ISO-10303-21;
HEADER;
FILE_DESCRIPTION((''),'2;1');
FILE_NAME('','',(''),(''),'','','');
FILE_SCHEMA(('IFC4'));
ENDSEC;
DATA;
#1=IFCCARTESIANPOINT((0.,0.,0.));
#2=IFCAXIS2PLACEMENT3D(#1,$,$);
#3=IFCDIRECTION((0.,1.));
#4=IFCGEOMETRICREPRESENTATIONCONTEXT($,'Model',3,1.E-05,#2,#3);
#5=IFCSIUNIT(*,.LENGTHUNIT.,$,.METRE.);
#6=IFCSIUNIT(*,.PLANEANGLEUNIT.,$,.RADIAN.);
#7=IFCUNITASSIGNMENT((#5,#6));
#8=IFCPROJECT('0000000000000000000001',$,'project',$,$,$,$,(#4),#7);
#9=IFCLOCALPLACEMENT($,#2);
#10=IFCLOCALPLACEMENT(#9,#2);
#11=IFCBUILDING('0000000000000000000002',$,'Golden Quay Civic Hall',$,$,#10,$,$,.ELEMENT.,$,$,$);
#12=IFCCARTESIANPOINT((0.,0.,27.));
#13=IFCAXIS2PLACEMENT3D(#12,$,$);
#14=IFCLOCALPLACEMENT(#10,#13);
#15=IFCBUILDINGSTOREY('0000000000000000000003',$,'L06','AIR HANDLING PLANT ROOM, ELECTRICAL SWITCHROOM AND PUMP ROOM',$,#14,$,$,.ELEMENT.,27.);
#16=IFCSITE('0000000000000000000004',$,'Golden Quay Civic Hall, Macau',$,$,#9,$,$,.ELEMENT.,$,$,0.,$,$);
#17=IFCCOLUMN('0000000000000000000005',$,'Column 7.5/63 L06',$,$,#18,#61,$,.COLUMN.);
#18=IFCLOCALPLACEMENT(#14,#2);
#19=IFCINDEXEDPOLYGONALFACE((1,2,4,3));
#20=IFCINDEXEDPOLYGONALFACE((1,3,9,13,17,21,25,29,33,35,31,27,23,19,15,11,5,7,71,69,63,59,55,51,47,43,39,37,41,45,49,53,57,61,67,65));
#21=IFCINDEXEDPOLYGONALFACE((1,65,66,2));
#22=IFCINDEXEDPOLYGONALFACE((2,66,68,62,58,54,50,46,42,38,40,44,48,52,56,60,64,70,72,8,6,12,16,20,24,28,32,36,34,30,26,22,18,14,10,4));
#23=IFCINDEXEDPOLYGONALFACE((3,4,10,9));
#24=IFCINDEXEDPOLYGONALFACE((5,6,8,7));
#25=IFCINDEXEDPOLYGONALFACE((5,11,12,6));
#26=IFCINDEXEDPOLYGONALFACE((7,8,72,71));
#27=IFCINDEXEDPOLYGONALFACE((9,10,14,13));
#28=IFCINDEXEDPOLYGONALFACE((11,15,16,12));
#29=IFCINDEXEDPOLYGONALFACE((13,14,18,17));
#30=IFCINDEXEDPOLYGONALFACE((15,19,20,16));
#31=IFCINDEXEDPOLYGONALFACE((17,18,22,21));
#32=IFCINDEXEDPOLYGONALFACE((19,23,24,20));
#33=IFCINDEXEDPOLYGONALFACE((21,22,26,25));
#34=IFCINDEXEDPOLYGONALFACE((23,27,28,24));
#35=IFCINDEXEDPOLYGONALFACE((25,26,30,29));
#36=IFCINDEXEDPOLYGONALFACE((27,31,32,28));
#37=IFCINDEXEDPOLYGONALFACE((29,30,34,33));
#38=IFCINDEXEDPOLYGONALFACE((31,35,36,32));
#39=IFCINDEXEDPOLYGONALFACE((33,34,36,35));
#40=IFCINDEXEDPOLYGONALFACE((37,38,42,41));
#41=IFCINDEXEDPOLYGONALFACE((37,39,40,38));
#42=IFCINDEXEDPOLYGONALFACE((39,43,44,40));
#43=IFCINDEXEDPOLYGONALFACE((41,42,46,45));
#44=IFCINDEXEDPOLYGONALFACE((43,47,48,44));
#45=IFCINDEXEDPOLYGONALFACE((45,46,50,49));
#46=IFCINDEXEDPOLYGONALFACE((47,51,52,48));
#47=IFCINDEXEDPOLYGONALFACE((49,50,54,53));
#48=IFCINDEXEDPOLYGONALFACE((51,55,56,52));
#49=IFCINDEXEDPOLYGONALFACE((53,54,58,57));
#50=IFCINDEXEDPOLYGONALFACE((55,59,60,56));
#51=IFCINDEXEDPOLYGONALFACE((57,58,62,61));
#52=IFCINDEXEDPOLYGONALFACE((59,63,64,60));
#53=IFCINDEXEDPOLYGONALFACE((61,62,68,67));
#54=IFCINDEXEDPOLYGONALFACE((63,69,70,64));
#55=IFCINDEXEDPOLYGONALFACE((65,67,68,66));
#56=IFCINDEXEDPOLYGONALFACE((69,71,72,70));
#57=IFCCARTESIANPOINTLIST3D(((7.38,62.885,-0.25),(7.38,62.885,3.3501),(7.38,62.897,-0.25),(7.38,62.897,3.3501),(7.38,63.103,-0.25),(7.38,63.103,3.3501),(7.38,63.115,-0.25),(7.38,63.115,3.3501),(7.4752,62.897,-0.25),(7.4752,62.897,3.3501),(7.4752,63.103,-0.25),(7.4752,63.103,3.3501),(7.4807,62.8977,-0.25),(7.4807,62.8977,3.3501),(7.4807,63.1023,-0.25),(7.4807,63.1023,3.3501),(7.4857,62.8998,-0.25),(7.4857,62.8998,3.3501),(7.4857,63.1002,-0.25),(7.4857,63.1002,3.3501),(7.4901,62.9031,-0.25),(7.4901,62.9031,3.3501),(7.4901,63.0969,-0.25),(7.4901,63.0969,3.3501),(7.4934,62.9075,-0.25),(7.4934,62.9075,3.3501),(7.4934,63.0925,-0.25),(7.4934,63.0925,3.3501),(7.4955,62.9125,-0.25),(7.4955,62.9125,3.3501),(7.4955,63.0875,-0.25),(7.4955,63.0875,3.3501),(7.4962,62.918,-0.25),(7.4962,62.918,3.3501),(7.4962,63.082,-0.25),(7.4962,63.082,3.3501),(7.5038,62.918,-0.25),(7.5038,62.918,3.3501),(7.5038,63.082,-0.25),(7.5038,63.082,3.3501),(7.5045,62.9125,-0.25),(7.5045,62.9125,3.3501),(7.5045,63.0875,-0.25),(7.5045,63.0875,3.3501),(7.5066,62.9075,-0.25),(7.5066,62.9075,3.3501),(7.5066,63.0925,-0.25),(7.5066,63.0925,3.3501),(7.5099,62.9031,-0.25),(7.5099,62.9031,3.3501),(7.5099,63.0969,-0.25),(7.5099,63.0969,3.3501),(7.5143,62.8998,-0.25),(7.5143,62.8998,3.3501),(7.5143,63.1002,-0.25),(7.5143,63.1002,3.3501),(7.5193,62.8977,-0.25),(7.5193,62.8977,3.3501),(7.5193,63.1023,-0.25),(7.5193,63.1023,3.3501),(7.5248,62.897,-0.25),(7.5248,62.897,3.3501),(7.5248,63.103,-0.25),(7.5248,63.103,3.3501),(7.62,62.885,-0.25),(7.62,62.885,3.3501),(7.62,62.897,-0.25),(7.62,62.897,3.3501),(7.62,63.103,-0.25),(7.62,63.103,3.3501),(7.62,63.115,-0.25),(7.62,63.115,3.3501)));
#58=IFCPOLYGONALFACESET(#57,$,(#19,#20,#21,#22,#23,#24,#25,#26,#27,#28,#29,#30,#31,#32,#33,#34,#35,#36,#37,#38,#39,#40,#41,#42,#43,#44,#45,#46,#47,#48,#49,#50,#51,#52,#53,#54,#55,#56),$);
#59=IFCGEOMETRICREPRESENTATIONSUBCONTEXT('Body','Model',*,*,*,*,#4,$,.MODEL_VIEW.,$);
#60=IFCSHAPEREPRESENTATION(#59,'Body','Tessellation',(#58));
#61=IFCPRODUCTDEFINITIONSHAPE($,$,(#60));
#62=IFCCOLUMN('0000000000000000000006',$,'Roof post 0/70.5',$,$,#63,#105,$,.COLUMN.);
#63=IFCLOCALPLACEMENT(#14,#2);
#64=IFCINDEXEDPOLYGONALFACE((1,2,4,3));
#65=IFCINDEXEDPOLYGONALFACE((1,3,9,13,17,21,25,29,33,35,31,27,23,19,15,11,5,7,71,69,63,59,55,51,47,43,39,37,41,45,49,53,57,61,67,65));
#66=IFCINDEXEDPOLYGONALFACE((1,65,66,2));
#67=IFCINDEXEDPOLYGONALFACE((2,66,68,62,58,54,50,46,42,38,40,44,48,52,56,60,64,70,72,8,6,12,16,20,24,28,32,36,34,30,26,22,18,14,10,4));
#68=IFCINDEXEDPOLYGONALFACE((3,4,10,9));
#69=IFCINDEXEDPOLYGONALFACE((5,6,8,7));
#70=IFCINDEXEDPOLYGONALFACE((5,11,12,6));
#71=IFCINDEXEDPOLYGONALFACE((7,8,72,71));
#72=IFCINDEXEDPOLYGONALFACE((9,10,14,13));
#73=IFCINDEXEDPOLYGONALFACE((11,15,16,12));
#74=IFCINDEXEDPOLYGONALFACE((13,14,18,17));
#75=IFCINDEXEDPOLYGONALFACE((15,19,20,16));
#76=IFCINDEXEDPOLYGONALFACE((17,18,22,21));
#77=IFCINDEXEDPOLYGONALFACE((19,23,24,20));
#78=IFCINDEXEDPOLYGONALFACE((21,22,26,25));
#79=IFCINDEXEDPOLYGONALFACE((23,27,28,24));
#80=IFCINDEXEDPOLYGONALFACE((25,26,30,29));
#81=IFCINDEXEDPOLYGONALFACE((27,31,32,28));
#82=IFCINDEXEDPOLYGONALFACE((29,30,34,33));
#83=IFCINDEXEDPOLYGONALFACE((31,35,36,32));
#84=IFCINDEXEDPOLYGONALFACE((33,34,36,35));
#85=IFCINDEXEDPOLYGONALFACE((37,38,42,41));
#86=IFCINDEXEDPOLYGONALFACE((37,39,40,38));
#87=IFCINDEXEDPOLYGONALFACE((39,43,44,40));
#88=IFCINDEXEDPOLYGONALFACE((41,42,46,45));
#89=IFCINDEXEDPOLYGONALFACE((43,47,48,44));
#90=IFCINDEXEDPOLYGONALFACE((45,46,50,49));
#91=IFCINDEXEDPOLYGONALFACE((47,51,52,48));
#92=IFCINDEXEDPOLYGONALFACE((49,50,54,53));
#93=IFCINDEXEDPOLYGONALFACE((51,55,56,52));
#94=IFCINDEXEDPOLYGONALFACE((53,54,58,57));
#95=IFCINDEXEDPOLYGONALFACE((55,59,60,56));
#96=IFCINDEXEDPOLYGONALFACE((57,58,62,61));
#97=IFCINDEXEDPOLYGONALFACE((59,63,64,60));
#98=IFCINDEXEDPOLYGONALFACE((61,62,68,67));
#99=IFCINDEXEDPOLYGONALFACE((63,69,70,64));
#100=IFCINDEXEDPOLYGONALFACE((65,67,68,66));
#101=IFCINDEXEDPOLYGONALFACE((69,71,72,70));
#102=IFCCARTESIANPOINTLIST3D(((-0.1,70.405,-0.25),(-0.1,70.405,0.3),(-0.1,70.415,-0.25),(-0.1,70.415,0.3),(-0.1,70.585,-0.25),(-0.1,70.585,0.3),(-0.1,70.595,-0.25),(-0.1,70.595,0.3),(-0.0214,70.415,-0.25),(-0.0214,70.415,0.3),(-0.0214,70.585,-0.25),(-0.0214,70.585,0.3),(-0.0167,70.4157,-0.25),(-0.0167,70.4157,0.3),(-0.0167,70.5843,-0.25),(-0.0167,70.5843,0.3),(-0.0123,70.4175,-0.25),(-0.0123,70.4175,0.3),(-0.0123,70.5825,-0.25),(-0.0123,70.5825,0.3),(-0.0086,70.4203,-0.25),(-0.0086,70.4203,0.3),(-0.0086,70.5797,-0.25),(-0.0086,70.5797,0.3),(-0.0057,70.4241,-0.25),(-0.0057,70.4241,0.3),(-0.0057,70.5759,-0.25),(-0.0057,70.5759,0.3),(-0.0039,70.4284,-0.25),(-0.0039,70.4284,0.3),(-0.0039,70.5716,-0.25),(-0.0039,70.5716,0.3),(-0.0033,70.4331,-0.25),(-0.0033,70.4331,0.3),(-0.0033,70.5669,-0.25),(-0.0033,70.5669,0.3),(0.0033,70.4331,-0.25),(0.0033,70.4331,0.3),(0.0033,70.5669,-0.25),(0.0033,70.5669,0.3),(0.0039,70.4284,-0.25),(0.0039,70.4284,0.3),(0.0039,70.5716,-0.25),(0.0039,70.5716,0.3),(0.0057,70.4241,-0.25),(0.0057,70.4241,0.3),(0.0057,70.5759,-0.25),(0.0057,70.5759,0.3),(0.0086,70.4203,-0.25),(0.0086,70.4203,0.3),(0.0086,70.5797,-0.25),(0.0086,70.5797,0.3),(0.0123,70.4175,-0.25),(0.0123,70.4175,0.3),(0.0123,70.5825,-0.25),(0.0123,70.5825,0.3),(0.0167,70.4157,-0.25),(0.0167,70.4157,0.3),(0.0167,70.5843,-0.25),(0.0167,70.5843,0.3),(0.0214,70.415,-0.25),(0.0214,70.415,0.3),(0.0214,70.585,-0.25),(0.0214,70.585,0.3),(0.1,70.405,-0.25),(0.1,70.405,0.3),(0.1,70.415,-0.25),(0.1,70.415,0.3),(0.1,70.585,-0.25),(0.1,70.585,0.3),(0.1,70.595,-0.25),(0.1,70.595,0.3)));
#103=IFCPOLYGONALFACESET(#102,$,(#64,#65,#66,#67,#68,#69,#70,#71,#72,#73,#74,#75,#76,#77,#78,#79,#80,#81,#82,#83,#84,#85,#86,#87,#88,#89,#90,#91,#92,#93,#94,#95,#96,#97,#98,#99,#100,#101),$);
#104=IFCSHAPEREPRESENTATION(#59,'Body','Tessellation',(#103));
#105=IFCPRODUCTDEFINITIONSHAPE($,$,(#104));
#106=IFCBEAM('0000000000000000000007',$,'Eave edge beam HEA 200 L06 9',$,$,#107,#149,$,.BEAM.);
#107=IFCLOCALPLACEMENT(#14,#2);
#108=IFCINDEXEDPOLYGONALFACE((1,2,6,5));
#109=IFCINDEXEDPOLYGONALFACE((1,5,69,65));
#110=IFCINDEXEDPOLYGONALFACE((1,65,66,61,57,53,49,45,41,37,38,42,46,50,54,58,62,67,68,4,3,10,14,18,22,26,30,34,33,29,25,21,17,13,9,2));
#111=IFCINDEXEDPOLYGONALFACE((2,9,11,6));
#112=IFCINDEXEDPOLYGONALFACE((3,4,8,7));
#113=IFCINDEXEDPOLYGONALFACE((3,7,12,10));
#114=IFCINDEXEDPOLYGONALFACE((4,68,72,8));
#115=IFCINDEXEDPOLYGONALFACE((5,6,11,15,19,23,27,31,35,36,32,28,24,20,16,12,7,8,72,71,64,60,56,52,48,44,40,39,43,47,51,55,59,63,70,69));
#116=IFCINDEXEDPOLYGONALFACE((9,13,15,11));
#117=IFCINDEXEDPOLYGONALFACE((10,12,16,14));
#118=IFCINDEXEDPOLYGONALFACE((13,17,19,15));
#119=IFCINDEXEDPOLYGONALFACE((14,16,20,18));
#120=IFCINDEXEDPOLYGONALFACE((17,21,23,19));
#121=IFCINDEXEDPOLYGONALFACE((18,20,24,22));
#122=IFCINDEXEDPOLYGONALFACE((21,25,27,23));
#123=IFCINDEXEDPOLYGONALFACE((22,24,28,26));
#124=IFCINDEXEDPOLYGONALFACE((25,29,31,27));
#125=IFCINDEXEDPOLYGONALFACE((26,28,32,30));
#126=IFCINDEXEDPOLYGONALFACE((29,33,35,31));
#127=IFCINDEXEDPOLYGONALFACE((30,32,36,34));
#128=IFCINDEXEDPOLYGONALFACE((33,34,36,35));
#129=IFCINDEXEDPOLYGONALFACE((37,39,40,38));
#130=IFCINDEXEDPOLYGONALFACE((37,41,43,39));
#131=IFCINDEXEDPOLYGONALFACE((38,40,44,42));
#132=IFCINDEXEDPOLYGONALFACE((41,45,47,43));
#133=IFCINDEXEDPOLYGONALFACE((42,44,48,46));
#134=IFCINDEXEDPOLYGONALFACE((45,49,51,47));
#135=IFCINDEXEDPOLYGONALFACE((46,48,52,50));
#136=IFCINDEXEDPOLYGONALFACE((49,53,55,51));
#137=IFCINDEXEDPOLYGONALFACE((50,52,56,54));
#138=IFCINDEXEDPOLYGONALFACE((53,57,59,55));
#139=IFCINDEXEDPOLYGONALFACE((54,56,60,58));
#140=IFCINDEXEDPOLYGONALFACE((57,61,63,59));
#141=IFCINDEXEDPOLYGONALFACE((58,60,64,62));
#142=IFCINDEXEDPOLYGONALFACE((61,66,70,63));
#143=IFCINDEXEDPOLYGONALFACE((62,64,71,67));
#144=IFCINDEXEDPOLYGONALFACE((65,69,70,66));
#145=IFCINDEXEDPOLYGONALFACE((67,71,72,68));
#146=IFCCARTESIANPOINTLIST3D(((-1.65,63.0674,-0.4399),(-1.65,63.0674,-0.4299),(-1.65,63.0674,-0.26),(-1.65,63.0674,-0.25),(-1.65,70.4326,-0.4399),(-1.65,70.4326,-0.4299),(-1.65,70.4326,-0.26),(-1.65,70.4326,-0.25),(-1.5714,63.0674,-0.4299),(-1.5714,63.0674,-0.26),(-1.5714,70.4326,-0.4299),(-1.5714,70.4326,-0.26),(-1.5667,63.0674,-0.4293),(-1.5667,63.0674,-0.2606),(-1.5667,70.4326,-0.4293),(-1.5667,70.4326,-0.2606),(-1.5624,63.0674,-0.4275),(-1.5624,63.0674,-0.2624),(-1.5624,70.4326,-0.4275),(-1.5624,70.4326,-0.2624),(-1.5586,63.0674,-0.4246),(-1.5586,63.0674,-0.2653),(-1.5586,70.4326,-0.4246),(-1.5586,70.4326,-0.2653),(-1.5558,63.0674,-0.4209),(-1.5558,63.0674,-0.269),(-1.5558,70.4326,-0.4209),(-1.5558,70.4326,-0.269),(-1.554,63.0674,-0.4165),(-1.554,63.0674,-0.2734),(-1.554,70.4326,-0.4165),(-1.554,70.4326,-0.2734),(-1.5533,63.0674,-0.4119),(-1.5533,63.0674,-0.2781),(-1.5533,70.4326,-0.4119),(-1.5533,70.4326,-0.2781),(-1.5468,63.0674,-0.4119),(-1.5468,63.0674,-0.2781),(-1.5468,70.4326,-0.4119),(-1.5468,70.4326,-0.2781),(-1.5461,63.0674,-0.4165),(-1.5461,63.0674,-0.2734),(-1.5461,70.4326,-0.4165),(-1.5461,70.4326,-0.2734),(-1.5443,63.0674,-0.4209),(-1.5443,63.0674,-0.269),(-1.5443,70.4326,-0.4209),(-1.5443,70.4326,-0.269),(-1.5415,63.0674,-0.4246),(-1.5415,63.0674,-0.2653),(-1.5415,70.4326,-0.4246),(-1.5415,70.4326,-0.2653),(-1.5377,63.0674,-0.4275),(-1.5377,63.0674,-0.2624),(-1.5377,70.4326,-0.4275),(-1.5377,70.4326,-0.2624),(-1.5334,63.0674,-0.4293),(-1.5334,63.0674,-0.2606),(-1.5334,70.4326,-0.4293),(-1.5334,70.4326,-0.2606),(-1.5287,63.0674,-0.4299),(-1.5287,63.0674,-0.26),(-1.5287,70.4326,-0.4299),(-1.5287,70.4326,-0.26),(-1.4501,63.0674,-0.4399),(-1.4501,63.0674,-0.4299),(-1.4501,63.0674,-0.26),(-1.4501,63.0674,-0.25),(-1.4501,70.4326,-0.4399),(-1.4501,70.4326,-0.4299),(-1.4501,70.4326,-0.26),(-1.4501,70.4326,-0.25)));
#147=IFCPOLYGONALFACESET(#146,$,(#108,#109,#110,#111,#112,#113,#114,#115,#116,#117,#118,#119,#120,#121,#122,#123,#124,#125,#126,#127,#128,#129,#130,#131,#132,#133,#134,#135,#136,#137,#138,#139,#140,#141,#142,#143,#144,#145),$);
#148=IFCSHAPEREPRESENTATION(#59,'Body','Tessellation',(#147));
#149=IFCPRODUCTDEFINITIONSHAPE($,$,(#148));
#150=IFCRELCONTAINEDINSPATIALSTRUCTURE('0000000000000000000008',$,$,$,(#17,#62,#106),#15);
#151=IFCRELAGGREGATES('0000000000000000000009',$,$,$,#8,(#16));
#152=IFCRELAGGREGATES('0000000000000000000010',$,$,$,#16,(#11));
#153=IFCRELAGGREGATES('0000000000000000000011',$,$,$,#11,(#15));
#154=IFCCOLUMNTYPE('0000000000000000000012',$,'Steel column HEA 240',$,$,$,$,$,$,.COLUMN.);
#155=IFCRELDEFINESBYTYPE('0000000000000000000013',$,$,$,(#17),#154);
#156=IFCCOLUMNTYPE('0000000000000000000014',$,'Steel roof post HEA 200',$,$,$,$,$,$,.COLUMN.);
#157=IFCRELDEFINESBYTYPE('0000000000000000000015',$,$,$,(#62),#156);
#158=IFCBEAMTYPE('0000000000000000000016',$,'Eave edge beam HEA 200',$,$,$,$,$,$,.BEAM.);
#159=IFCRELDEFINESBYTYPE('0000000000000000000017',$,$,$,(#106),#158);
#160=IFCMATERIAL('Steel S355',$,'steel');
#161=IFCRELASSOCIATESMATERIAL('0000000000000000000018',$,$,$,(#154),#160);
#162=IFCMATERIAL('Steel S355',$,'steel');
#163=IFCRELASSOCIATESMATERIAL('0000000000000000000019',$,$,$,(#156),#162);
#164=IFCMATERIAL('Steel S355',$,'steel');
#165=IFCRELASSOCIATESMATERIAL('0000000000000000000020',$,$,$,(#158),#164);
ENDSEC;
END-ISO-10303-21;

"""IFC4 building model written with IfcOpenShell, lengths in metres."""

from ifc_helpers import new_model, si_unit, direction, frame, origin, origin_2d, place, context, subcontext, project, spatial, i_section, extrude, material, material_profile, profile_set, type_object, element, save


model = new_model("IFC4")

# Units and contexts
model_context = context("Model", 3, precision=1e-05, world=origin(), true_north=direction((0.0, 1.0)))
body_context = subcontext(model_context, "Body", "Model", "MODEL_VIEW")
ifc_project = project(units=[si_unit("LENGTHUNIT", "METRE"), si_unit("PLANEANGLEUNIT", "RADIAN")], contexts=[model_context])

# Site, building, storey
site_placement = place(None, origin())
site = spatial("IfcSite", under=ifc_project, at=site_placement, Name="Golden Quay Civic Hall, Macau", CompositionType="ELEMENT", RefElevation=0.0)
building_placement = place(site_placement, origin())
building = spatial("IfcBuilding", under=site, at=building_placement, Name="Golden Quay Civic Hall", CompositionType="ELEMENT")
storey_placement = place(building_placement, frame((0.0, 0.0, 27.0)))
storey = spatial("IfcBuildingStorey", under=building, at=storey_placement, Name="L06", Description="AIR HANDLING PLANT ROOM, ELECTRICAL SWITCHROOM AND PUMP ROOM", CompositionType="ELEMENT", Elevation=27.0)

# Columns
ifc_material_1 = material(Name="Steel S355", Category="steel")
ifc_material_profile_1 = material_profile(ifc_material_1, i_section(OverallWidth=0.24, OverallDepth=0.23, WebThickness=0.0076, FlangeThickness=0.012, FilletRadius=0.021, at=origin_2d()), Name="HEA 240")
ifc_profile_set_1 = profile_set([ifc_material_profile_1], Name="Steel S355")
column_type_1 = type_object("IfcColumnType", Name="Steel column HEA 240", PredefinedType="COLUMN", material=ifc_profile_set_1)
column_1_placement = place(storey_placement, frame((7.5, 63.0, -0.25), z_axis=(0.0, 0.0, 1.0), x_axis=(1.0, 0.0, 0.0)))
element("IfcColumn", 1, at=column_1_placement, inside=storey, type_object=column_type_1, Name="Column 7.5/63 L06", PredefinedType="COLUMN", context=body_context, shape_type="SweptSolid", body=[
    extrude(i_section(OverallWidth=0.24, OverallDepth=0.23, WebThickness=0.0076, FlangeThickness=0.012, FilletRadius=0.021, at=origin_2d()), origin(), (0.0, 0.0, 1.0), 3.6001),
])
ifc_material_2 = material(Name="Steel S355", Category="steel")
ifc_material_profile_2 = material_profile(ifc_material_2, i_section(OverallWidth=0.2, OverallDepth=0.1899, WebThickness=0.0066, FlangeThickness=0.01, FilletRadius=0.0181, at=origin_2d()), Name="HEA 200")
ifc_profile_set_2 = profile_set([ifc_material_profile_2], Name="Steel S355")
column_type_2 = type_object("IfcColumnType", Name="Steel roof post HEA 200", PredefinedType="COLUMN", material=ifc_profile_set_2)
column_2_placement = place(storey_placement, frame((0.0, 70.5, -0.25), z_axis=(0.0, 0.0, 1.0), x_axis=(1.0, 0.0, 0.0)))
element("IfcColumn", 2, at=column_2_placement, inside=storey, type_object=column_type_2, Name="Roof post 0/70.5", PredefinedType="COLUMN", context=body_context, shape_type="SweptSolid", body=[
    extrude(i_section(OverallWidth=0.2, OverallDepth=0.1899, WebThickness=0.0066, FlangeThickness=0.01, FilletRadius=0.0181, at=origin_2d()), origin(), (0.0, 0.0, 1.0), 0.55),
])

# Beam
ifc_material_3 = material(Name="Steel S355", Category="steel")
ifc_material_profile_3 = material_profile(ifc_material_3, i_section(OverallWidth=0.2, OverallDepth=0.1899, WebThickness=0.0066, FlangeThickness=0.01, FilletRadius=0.0181, at=origin_2d()), Name="HEA 200")
ifc_profile_set_3 = profile_set([ifc_material_profile_3], Name="Steel S355")
beam_type_1 = type_object("IfcBeamType", Name="Eave edge beam HEA 200", PredefinedType="BEAM", material=ifc_profile_set_3)
beam_1_placement = place(storey_placement, frame((-1.55, 63.0674, -0.345), z_axis=(0.0, 1.0, 0.0), x_axis=(-1.0, 0.0, 0.0)))
element("IfcBeam", 3, at=beam_1_placement, inside=storey, type_object=beam_type_1, Name="Eave edge beam HEA 200 L06 9", PredefinedType="BEAM", context=body_context, shape_type="SweptSolid", body=[
    extrude(i_section(OverallWidth=0.2, OverallDepth=0.1899, WebThickness=0.0066, FlangeThickness=0.01, FilletRadius=0.0181, at=origin_2d()), origin(), (0.0, 0.0, 1.0), 7.3652),
])

save(model, "model.ifc")
